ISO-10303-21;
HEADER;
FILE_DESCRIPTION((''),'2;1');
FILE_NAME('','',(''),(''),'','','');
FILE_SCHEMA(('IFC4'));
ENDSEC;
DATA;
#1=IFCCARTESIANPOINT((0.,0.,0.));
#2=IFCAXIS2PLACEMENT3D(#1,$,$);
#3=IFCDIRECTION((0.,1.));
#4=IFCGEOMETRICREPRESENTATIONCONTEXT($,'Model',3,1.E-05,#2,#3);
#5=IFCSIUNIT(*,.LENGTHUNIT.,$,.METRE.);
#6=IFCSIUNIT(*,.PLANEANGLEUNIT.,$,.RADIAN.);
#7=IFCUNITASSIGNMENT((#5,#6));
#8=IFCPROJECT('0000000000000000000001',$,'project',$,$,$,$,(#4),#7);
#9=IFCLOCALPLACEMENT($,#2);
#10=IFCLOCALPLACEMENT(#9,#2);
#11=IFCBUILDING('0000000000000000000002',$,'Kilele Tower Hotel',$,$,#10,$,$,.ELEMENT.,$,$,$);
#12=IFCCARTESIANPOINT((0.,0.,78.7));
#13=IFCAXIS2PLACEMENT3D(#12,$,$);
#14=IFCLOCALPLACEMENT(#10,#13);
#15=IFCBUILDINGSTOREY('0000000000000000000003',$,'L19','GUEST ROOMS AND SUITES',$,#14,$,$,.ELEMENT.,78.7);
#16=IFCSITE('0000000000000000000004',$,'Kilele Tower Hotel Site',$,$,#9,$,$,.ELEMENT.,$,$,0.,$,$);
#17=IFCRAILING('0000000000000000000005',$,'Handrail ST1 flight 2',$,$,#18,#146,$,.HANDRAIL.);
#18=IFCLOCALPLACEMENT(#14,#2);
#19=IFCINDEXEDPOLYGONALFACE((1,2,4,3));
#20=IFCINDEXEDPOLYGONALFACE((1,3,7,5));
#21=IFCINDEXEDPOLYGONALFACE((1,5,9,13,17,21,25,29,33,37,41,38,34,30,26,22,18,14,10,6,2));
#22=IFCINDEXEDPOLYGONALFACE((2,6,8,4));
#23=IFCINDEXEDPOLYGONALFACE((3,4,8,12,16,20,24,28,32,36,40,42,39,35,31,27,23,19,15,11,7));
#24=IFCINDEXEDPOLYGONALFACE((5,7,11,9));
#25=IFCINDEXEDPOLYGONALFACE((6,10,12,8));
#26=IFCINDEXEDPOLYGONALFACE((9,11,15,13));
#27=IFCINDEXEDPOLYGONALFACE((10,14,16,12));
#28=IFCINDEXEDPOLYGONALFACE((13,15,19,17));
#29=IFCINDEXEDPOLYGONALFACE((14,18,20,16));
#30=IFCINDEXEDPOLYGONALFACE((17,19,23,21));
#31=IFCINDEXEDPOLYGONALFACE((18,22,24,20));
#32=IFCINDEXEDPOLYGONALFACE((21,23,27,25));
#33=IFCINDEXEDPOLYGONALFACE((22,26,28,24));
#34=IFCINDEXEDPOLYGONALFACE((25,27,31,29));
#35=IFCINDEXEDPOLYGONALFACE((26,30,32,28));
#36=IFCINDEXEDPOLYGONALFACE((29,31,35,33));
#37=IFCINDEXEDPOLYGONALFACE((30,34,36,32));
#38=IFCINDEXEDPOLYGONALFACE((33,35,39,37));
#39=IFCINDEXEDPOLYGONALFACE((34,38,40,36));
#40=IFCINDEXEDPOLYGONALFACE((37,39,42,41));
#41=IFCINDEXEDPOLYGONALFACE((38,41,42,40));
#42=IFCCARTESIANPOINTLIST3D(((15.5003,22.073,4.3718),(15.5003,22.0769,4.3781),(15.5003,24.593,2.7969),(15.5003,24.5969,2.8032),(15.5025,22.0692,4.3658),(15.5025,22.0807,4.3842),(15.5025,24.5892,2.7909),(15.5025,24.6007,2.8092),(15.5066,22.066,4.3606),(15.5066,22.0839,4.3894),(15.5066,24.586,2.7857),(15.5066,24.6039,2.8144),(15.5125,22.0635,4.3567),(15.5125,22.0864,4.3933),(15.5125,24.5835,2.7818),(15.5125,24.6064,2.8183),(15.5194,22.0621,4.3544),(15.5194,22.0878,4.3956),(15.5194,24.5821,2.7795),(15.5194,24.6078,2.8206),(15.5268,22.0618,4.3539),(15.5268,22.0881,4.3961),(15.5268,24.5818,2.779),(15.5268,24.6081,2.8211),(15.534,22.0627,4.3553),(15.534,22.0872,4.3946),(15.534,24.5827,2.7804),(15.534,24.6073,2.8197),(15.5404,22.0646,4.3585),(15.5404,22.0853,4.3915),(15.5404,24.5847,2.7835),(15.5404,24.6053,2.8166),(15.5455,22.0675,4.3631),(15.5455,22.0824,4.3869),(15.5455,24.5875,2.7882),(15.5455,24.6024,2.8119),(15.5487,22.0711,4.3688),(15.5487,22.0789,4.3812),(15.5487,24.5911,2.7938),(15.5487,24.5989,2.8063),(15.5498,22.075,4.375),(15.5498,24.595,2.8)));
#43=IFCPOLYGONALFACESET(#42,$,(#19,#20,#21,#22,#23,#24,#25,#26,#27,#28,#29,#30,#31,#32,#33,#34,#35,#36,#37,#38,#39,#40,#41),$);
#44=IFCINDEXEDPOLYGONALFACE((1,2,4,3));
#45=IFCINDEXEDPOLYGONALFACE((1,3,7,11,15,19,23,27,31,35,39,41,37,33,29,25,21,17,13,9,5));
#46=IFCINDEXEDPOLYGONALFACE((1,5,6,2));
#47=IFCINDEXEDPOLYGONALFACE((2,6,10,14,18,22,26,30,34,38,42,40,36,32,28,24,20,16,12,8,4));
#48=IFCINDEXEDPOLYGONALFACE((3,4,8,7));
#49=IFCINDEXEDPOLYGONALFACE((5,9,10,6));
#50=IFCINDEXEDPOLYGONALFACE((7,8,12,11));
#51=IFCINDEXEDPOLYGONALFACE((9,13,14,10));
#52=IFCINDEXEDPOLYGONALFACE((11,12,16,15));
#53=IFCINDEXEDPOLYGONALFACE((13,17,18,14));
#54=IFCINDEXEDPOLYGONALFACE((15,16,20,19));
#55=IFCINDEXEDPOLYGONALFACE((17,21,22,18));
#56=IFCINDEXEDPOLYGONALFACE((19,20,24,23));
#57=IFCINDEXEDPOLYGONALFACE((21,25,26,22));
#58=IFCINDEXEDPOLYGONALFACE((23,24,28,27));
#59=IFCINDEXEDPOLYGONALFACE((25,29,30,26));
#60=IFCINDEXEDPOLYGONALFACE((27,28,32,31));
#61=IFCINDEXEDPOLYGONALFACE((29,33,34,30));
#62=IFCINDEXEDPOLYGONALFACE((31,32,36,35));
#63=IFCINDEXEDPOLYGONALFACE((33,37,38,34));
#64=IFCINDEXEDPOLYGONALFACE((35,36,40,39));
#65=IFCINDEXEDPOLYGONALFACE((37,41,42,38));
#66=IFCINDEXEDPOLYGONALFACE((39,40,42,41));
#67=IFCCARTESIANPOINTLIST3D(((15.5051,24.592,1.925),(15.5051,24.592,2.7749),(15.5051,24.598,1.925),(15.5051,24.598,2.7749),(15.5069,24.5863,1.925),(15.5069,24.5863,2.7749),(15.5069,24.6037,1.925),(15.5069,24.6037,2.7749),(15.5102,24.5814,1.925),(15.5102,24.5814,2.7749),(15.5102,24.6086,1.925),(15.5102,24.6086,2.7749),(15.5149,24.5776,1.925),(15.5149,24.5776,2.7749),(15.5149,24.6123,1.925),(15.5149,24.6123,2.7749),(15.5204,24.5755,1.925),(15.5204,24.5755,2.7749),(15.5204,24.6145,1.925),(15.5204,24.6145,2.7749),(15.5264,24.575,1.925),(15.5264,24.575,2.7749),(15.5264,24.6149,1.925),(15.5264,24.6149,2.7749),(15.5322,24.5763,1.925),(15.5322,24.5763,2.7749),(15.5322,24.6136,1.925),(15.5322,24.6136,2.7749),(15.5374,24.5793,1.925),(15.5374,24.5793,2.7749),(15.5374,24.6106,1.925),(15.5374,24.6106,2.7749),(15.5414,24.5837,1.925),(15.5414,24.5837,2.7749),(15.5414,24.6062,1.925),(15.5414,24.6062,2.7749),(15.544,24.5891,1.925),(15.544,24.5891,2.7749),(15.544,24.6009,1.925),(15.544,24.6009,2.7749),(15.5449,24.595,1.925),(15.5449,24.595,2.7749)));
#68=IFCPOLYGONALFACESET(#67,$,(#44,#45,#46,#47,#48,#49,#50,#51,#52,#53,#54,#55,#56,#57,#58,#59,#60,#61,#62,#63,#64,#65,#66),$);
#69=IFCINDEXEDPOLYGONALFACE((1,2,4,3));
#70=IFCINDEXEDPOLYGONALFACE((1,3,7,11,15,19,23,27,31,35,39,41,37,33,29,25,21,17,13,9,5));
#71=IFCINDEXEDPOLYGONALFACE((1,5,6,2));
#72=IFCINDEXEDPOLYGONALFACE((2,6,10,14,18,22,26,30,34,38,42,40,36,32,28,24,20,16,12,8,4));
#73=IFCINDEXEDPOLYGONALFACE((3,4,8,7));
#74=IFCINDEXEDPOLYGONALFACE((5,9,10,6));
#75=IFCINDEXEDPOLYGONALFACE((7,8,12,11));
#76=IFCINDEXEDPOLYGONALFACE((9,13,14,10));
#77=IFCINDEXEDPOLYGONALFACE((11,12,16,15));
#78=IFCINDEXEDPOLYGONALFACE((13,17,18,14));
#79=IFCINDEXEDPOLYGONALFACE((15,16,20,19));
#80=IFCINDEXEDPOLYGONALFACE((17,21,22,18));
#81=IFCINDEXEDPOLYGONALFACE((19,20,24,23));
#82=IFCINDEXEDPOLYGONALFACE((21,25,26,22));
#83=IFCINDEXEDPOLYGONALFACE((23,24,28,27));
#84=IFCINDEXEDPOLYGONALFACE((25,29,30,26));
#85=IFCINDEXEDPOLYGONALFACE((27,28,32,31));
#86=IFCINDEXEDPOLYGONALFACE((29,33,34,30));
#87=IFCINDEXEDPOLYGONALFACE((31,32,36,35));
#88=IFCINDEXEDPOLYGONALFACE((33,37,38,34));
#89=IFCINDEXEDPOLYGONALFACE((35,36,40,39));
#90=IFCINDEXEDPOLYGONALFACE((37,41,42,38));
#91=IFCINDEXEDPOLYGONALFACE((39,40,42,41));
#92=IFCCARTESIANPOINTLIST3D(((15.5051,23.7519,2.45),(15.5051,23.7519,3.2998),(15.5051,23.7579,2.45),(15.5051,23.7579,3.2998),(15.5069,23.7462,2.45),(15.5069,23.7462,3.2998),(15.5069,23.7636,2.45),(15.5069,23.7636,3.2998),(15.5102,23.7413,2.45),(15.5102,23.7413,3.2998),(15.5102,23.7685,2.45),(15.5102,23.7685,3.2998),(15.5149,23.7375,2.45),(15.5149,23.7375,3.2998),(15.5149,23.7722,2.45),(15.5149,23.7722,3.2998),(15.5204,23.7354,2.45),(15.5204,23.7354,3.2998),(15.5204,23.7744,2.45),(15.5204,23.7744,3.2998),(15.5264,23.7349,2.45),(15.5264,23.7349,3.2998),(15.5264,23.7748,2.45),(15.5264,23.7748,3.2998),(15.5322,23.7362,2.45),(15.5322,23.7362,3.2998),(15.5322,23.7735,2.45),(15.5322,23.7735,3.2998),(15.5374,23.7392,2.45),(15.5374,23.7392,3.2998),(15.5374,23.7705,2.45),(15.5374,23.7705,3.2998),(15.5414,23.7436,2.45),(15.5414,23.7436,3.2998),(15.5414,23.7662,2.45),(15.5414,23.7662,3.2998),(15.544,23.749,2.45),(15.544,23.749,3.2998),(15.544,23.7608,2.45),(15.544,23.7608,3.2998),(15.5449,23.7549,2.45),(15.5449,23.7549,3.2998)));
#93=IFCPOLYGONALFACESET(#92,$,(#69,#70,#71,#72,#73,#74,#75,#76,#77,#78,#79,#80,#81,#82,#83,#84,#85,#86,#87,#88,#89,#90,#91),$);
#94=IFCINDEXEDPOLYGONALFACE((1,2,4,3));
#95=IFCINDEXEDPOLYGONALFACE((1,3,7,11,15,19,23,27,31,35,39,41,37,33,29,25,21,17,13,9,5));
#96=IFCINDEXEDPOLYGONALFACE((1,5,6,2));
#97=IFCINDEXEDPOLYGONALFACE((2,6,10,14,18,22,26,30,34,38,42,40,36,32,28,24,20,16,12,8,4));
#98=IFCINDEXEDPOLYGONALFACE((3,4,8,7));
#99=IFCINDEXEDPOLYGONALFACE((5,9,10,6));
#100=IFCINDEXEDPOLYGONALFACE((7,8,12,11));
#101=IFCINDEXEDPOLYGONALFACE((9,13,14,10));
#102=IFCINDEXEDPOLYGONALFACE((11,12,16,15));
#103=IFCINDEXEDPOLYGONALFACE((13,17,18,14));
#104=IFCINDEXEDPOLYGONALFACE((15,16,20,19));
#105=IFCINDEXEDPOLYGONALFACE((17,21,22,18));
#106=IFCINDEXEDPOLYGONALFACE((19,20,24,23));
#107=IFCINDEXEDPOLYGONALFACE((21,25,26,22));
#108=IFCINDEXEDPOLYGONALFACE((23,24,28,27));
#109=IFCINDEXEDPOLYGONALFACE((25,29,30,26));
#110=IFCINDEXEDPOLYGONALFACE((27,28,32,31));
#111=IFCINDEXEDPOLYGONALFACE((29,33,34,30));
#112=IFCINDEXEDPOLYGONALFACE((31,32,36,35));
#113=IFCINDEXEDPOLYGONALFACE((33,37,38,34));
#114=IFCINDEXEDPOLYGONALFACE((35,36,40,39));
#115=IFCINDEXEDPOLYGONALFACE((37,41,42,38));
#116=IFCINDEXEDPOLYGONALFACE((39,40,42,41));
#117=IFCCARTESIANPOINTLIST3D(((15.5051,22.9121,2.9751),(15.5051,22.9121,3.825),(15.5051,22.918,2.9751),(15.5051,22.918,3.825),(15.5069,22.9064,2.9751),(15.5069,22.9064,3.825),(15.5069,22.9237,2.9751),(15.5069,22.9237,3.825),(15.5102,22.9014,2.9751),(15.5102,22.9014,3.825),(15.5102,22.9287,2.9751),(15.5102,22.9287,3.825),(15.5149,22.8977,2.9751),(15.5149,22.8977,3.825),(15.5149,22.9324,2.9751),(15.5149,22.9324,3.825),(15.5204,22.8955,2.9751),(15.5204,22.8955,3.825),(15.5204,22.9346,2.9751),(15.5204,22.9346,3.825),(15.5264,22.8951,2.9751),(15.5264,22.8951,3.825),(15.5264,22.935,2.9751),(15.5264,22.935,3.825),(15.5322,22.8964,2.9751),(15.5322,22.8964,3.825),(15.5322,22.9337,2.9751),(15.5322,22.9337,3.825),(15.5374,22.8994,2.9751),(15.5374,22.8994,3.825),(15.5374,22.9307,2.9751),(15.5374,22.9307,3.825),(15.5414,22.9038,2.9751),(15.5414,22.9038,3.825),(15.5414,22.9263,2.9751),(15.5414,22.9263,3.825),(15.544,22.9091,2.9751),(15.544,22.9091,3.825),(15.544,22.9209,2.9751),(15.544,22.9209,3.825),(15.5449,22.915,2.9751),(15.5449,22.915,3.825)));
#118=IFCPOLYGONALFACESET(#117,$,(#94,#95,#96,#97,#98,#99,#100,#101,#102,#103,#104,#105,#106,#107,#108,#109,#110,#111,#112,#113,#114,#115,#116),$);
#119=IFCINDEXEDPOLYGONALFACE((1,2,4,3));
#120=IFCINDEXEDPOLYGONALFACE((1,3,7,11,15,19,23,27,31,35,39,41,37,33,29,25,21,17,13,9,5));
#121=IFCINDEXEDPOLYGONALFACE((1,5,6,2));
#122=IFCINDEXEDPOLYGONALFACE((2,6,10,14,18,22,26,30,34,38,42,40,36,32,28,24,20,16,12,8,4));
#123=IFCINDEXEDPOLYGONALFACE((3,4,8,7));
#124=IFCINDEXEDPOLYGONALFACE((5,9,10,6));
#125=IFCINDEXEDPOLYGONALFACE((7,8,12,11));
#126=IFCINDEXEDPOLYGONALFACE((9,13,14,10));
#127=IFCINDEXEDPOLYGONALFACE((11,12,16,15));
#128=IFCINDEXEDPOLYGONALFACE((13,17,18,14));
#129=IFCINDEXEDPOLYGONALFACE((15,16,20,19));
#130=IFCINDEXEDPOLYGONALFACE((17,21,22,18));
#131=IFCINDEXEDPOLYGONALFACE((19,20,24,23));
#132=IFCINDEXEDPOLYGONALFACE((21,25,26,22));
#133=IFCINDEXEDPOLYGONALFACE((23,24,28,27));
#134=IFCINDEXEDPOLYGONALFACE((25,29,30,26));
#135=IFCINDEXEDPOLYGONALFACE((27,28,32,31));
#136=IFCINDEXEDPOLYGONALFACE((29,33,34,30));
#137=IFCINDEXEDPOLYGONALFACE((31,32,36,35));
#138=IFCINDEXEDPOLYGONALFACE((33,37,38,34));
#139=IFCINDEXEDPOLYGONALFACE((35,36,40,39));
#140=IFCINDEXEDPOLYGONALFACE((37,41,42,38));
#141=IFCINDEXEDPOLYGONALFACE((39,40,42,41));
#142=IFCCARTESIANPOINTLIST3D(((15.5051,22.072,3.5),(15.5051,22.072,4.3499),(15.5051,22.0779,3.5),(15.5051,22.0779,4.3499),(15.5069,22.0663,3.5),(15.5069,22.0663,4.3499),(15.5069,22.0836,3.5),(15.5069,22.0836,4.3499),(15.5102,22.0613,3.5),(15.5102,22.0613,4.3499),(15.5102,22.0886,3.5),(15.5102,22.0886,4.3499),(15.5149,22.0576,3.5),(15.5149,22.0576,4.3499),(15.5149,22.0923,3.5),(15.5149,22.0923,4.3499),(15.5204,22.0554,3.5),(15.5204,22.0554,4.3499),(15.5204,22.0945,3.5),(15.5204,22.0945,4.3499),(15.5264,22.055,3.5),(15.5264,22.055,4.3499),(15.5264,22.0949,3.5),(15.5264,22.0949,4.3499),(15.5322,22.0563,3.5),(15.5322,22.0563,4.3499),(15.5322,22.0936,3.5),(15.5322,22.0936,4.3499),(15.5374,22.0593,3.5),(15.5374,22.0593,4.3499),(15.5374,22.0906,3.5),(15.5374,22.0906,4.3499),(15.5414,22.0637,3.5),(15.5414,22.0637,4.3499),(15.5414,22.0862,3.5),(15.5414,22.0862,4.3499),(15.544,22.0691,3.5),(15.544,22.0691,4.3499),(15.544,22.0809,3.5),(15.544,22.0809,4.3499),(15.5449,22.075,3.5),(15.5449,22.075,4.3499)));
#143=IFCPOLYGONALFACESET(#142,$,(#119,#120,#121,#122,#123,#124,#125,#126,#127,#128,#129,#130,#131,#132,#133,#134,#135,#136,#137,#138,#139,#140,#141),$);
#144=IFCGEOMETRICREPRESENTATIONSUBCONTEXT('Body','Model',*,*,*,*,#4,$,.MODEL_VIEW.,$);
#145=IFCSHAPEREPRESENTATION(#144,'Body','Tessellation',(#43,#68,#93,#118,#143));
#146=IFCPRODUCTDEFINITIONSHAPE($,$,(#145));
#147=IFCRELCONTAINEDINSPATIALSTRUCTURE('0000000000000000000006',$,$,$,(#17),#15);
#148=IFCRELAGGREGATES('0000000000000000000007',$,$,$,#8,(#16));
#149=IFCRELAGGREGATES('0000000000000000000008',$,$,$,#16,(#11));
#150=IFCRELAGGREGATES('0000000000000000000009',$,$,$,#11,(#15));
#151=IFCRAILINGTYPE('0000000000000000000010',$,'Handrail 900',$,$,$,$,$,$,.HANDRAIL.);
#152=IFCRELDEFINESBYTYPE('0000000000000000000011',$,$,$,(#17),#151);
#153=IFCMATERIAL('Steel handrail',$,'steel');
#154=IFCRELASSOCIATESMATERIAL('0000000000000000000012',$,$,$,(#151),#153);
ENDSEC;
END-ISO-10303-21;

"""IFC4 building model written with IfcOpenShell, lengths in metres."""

from ifc_helpers import new_model, si_unit, direction, frame, origin, origin_2d, place, context, subcontext, project, spatial, circle, extrude, material, type_object, element, save


model = new_model("IFC4")

# Units and contexts
model_context = context("Model", 3, precision=1e-05, world=origin(), true_north=direction((0.0, 1.0)))
body_context = subcontext(model_context, "Body", "Model", "MODEL_VIEW")
ifc_project = project(units=[si_unit("LENGTHUNIT", "METRE"), si_unit("PLANEANGLEUNIT", "RADIAN")], contexts=[model_context])

# Site, building, storey
site_placement = place(None, origin())
site = spatial("IfcSite", under=ifc_project, at=site_placement, Name="Kilele Tower Hotel Site", CompositionType="ELEMENT", RefElevation=0.0)
building_placement = place(site_placement, origin())
building = spatial("IfcBuilding", under=site, at=building_placement, Name="Kilele Tower Hotel", CompositionType="ELEMENT")
storey_placement = place(building_placement, frame((0.0, 0.0, 78.7)))
storey = spatial("IfcBuildingStorey", under=building, at=storey_placement, Name="L19", Description="GUEST ROOMS AND SUITES", CompositionType="ELEMENT", Elevation=78.7)

# Railing
ifc_material_1 = material(Name="Steel handrail", Category="steel")
railing_type_1 = type_object("IfcRailingType", Name="Handrail 900", PredefinedType="HANDRAIL", material=ifc_material_1)
for number, where, name in (
    (1, (15.5249, 24.595, 1.925), "Handrail ST1 flight 2"),
):
    element("IfcRailing", number, at=place(storey_placement, frame(where)), inside=storey, type_object=railing_type_1, Name=name, PredefinedType="HANDRAIL", context=body_context, shape_type="SweptSolid", body=[
        extrude(circle(Radius=0.0249, at=origin_2d()), frame((0.0, 0.0, 0.875), z_axis=(0.0, -0.848008, 0.529984), x_axis=(1.0, 0.0, 0.0)), (0.0, 0.0, 1.0), 2.9717),
        extrude(circle(Radius=0.02, at=origin_2d()), origin(), (0.0, 0.0, 1.0), 0.8499),
        extrude(circle(Radius=0.02, at=origin_2d()), frame((0.0, -0.8401, 0.5249)), (0.0, 0.0, 1.0), 0.8499),
        extrude(circle(Radius=0.02, at=origin_2d()), frame((0.0, -1.6799, 1.05)), (0.0, 0.0, 1.0), 0.8499),
        extrude(circle(Radius=0.02, at=origin_2d()), frame((0.0, -2.52, 1.575)), (0.0, 0.0, 1.0), 0.8499),
    ])

save(model, "model.ifc")
